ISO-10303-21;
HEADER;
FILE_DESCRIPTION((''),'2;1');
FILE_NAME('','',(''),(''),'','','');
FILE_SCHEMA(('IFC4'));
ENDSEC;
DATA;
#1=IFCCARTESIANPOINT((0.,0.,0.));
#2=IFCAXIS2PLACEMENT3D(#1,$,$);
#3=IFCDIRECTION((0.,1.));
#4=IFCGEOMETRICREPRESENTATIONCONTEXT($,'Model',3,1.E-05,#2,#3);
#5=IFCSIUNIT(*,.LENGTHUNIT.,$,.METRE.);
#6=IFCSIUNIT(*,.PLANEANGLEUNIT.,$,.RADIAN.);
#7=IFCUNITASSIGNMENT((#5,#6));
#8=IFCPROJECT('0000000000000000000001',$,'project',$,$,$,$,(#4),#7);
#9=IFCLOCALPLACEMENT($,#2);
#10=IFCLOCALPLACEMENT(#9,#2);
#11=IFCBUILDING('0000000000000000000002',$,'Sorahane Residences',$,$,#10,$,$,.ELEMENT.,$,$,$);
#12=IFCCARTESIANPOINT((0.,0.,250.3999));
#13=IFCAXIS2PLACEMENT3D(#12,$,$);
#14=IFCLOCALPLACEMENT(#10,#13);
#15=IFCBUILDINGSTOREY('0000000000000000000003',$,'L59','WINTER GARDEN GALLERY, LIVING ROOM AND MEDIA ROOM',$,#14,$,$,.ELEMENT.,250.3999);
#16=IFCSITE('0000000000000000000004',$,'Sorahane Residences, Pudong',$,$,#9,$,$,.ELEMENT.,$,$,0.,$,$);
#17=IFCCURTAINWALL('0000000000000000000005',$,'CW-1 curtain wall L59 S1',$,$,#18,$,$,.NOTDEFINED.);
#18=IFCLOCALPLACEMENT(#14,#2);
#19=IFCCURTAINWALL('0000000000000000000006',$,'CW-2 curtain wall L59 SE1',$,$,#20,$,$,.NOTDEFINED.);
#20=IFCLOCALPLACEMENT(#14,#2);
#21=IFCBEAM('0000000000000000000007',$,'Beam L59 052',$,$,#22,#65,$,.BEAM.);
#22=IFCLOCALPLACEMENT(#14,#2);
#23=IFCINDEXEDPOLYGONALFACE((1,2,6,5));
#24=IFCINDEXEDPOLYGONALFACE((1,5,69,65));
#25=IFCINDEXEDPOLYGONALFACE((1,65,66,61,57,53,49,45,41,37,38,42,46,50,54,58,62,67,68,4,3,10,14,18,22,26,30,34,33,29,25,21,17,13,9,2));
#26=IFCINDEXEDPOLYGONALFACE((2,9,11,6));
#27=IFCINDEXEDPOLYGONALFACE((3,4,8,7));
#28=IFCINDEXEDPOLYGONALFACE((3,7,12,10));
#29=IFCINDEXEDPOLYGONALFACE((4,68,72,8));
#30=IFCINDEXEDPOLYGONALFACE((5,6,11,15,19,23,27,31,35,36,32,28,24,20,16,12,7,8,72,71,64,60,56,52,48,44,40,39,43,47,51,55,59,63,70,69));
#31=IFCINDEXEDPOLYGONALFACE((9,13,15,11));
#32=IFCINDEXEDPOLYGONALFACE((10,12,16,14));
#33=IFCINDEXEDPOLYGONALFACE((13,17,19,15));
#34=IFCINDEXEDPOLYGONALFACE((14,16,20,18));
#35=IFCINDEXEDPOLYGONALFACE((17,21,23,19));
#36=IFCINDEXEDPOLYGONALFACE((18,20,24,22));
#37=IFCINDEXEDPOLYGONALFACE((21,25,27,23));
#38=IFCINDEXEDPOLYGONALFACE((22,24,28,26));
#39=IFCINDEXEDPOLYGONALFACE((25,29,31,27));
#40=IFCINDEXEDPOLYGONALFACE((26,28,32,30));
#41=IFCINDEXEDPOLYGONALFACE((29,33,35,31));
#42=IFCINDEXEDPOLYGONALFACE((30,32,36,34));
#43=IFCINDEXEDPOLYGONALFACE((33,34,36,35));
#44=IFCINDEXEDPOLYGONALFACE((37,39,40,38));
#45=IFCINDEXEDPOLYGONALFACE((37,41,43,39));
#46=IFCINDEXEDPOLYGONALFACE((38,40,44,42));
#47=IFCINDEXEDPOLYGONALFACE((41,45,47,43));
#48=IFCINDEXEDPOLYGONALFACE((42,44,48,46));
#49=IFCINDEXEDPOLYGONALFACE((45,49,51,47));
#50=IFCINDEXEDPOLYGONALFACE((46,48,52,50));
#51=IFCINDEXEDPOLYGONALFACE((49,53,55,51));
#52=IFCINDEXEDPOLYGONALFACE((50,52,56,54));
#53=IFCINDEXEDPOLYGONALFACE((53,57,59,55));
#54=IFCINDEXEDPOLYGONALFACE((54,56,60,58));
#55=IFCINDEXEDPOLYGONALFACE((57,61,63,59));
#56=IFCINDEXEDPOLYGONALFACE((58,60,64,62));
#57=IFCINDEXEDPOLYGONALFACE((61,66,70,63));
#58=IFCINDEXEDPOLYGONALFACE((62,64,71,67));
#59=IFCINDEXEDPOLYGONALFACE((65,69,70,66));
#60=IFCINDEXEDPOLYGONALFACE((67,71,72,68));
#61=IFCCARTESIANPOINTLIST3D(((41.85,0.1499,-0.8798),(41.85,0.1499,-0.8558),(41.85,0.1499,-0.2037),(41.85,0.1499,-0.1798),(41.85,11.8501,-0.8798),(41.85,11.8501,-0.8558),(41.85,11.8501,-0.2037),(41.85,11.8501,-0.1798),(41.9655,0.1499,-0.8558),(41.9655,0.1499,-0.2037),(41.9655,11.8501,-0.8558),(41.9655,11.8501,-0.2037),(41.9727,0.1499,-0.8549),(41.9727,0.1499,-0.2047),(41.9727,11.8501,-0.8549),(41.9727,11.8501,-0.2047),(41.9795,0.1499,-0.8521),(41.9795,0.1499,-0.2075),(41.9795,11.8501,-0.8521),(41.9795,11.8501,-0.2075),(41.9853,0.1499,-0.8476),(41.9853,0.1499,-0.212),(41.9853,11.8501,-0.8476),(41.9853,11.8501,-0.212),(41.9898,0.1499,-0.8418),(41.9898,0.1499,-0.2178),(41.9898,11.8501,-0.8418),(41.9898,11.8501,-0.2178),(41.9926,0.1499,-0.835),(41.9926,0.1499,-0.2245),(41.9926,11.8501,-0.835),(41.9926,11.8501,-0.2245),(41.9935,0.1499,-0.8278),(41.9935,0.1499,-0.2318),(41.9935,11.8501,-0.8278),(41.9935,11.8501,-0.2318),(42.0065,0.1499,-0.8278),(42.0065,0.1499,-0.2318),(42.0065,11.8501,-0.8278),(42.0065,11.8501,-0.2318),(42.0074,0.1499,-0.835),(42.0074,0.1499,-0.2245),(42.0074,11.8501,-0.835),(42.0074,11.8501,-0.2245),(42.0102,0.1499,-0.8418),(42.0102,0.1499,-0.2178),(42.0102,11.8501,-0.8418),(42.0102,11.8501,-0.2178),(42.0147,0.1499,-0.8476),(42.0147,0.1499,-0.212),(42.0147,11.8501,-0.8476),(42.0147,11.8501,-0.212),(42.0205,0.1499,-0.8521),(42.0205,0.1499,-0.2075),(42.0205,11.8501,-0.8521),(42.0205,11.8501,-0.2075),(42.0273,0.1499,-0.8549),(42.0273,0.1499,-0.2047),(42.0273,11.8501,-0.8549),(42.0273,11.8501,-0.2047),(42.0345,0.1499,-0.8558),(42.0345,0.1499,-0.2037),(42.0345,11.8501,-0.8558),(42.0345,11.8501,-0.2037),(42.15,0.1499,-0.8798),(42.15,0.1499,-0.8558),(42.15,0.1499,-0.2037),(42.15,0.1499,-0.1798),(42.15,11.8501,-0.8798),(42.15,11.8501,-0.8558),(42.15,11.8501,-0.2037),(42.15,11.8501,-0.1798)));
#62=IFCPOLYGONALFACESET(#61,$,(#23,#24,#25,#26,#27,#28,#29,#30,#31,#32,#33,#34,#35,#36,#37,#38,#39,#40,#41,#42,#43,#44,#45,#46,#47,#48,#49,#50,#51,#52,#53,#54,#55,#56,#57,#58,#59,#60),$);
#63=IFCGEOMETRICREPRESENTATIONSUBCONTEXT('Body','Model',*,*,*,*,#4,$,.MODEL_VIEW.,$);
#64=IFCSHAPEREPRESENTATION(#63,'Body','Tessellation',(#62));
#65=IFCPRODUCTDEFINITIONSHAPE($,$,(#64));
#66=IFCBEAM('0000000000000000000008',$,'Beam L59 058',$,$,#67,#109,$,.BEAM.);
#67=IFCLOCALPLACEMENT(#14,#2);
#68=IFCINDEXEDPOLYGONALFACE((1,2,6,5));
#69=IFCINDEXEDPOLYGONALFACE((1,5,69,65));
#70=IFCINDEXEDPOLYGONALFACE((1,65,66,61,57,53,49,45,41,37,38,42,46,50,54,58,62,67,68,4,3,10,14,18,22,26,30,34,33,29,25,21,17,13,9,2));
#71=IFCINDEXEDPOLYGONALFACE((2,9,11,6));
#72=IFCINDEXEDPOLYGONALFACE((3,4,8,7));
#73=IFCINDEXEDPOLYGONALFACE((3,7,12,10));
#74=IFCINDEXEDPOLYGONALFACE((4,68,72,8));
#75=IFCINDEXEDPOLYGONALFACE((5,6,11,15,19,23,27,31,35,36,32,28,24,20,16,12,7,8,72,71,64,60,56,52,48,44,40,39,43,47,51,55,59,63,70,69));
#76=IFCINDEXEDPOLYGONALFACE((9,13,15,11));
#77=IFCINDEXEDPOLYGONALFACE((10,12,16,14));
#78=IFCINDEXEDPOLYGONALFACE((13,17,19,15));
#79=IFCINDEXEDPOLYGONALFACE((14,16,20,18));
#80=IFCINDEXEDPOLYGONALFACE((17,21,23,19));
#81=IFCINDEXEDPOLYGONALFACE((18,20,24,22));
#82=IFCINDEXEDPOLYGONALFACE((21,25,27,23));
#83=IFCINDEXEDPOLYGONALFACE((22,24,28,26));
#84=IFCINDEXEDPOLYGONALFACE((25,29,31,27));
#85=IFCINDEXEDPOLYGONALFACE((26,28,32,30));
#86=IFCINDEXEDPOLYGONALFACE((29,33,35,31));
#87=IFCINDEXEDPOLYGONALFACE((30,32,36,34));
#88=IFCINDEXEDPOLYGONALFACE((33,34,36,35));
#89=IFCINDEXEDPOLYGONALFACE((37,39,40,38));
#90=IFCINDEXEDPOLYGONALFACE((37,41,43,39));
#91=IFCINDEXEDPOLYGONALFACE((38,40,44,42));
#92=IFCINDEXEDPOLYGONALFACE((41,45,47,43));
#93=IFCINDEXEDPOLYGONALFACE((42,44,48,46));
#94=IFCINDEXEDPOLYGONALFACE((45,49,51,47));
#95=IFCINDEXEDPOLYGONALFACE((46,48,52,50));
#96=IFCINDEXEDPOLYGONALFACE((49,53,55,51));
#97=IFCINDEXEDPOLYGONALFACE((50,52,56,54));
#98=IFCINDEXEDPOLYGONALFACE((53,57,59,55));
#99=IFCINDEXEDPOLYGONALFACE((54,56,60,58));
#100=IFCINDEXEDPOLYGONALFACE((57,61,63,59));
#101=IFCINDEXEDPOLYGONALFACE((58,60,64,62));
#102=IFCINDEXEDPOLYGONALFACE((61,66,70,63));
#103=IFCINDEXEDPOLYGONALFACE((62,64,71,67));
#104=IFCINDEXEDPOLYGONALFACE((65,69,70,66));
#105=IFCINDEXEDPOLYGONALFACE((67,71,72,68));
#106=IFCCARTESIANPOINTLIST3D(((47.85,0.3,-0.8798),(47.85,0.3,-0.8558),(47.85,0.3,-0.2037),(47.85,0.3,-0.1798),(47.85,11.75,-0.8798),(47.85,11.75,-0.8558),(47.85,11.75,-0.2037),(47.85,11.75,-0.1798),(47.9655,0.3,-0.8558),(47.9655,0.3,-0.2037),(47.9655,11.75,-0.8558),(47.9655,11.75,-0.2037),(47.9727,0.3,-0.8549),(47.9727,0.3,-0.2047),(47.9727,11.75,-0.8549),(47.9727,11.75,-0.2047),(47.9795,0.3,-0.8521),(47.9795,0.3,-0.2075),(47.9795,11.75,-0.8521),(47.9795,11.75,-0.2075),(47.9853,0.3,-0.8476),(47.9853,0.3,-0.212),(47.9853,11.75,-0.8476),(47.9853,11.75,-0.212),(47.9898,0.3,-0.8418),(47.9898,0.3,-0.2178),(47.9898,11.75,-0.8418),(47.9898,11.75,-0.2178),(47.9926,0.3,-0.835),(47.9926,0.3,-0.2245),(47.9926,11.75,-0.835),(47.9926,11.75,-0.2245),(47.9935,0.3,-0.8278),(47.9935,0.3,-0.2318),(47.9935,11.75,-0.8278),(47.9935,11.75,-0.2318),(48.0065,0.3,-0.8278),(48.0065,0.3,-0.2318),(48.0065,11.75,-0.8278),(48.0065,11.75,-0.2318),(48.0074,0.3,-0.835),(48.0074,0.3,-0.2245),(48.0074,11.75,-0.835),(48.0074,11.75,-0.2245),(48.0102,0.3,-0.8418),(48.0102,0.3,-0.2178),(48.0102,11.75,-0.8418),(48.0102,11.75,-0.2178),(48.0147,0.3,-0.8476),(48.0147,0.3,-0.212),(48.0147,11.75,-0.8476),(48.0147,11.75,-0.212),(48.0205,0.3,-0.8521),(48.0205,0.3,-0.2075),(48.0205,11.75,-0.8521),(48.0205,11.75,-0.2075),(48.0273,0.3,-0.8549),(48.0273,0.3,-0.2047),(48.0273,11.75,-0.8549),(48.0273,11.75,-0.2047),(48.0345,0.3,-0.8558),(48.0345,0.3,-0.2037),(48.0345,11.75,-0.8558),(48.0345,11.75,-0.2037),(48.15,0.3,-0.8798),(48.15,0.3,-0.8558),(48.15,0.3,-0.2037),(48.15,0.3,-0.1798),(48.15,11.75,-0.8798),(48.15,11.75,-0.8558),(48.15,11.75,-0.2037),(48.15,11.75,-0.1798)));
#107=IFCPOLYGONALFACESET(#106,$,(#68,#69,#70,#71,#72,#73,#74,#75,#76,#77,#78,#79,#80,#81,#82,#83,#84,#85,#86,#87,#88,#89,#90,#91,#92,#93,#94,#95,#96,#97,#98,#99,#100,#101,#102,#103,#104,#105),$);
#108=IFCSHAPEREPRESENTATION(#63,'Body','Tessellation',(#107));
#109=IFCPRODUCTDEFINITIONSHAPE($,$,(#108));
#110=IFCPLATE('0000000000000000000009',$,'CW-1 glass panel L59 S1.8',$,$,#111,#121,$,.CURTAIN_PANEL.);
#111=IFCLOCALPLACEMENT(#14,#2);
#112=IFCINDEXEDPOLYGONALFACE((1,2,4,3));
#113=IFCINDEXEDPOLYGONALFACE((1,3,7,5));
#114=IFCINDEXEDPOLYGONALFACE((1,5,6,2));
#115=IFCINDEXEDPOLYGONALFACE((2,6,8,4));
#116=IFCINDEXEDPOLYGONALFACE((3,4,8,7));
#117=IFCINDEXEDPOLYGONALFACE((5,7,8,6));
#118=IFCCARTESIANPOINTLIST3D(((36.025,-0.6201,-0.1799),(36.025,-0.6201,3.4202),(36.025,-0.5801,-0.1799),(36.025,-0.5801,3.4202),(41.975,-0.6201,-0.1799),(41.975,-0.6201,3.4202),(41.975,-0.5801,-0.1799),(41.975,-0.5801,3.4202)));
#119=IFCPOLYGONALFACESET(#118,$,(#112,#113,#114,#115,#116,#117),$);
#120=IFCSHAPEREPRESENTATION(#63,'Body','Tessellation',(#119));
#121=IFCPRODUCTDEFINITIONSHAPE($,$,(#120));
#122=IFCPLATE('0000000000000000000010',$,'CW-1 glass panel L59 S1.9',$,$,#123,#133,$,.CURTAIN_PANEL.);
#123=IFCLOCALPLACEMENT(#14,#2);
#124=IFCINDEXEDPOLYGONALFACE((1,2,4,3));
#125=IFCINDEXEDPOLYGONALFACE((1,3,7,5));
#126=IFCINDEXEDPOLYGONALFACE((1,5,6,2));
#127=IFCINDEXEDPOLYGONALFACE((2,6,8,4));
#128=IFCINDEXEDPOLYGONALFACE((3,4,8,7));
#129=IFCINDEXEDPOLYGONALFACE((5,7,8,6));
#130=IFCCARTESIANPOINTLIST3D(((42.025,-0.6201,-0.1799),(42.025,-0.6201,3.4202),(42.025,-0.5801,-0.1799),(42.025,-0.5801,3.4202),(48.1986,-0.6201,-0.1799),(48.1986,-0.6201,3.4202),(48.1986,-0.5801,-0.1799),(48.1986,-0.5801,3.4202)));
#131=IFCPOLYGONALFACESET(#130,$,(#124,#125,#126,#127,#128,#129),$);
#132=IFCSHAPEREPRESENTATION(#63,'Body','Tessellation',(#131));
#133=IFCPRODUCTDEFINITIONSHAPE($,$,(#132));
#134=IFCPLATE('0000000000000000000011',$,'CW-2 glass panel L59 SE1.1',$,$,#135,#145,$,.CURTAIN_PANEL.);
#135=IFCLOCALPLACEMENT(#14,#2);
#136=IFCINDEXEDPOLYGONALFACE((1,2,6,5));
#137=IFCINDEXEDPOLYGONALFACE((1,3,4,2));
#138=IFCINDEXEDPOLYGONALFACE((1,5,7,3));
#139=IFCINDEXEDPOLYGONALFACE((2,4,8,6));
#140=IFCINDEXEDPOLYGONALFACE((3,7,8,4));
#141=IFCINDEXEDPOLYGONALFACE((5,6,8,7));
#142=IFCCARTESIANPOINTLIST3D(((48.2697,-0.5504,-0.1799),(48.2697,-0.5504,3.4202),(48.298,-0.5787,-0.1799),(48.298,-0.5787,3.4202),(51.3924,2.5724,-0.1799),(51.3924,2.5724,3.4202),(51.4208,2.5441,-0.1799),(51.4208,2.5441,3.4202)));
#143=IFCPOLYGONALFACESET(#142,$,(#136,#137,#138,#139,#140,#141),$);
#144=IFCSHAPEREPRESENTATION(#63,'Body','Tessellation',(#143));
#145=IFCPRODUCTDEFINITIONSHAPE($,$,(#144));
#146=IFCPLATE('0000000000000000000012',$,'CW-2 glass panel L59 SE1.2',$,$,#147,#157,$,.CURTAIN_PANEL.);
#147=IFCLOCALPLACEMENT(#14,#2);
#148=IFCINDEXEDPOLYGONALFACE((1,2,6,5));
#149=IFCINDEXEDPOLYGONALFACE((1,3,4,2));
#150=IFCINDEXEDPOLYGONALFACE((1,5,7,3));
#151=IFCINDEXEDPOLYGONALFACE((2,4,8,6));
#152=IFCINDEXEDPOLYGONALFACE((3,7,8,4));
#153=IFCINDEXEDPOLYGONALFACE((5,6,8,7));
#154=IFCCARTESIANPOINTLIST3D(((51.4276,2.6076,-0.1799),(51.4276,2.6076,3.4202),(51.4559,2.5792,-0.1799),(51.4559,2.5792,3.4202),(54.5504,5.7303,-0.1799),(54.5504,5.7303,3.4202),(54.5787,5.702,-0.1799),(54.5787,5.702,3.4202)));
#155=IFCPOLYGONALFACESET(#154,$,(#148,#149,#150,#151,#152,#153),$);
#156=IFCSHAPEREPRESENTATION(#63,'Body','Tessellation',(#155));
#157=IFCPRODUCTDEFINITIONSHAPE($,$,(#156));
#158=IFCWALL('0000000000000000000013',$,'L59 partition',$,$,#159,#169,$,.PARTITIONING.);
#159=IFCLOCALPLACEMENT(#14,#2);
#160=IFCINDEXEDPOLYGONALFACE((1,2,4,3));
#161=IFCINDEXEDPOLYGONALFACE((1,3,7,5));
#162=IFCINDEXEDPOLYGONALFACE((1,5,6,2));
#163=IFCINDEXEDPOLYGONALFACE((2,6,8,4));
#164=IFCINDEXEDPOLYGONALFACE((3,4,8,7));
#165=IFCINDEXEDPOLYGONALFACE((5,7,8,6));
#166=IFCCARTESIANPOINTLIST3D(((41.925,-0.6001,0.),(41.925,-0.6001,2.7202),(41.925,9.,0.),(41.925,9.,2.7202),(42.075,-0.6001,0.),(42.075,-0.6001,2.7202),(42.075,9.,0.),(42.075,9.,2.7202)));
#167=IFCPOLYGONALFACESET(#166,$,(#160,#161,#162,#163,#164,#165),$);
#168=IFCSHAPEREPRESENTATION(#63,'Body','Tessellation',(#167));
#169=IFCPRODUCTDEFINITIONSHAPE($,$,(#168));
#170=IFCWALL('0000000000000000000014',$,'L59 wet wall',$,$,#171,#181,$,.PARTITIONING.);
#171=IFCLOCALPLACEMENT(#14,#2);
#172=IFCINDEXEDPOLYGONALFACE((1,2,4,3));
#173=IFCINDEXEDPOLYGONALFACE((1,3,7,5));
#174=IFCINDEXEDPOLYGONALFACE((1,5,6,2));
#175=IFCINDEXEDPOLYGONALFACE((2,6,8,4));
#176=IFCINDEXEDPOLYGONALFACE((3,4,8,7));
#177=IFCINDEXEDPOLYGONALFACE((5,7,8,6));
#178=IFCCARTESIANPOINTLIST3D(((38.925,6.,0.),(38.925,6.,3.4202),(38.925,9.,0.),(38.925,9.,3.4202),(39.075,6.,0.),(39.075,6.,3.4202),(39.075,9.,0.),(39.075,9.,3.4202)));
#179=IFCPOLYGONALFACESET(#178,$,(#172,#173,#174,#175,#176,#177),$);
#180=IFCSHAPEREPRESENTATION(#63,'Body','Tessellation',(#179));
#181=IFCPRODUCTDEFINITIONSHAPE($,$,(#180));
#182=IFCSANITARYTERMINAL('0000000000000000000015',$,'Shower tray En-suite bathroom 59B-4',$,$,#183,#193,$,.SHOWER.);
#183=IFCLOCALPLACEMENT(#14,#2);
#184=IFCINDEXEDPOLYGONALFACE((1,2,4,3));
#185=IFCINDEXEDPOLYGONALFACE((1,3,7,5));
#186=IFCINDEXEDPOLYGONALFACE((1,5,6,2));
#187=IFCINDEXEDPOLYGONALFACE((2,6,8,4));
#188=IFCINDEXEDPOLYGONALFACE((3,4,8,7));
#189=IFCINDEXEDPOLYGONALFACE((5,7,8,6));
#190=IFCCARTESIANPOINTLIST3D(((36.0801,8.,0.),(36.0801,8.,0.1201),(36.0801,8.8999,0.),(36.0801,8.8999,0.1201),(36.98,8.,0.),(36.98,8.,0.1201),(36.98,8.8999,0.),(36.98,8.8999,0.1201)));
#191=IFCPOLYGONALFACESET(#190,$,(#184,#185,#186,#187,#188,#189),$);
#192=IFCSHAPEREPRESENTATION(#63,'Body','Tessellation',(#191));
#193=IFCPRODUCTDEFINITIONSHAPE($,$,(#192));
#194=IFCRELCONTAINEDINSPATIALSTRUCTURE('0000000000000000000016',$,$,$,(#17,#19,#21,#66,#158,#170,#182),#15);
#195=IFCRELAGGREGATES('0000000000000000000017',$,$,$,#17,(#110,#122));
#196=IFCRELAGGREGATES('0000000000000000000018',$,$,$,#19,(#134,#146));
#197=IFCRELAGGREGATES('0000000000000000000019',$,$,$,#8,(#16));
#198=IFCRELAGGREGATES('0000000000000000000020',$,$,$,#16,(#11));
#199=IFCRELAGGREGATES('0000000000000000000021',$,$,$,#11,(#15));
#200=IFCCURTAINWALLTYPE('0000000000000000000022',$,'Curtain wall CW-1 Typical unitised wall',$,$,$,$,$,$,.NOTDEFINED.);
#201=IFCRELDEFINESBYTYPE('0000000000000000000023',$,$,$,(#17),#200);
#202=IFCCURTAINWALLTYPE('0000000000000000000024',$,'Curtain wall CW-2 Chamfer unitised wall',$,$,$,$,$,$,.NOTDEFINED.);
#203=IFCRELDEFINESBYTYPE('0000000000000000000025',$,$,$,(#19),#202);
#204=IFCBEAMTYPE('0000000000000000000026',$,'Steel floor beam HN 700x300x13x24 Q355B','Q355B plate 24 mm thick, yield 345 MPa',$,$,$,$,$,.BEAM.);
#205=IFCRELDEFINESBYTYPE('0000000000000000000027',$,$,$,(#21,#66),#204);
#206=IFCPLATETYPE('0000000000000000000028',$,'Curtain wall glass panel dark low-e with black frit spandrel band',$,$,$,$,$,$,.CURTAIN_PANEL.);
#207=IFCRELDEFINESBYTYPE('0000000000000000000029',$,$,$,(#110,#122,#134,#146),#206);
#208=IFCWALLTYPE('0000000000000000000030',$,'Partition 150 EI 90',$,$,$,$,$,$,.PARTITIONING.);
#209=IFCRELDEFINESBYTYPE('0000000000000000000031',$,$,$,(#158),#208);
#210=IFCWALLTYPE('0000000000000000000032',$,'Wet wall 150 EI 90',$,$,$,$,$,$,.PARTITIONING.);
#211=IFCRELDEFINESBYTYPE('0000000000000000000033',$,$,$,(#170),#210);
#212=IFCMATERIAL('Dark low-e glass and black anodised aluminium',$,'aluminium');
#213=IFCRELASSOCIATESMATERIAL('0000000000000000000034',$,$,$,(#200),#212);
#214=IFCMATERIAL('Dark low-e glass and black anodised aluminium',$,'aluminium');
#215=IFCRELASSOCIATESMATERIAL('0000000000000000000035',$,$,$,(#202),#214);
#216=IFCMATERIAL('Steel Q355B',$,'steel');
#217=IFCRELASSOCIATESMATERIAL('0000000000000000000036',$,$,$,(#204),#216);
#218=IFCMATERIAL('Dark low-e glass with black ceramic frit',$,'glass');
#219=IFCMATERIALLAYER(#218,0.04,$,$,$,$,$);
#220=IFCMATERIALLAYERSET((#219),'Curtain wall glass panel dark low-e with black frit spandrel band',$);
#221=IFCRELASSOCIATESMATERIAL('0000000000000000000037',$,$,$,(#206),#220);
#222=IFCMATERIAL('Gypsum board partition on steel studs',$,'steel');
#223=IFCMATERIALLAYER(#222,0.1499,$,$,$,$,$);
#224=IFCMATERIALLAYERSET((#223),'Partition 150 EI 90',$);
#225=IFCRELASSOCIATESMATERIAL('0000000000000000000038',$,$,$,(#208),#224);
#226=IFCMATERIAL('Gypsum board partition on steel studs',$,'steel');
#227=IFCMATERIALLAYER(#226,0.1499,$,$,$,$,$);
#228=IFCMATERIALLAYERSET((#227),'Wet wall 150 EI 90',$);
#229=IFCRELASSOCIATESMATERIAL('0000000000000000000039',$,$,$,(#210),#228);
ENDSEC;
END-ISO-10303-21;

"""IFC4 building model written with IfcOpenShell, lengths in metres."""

from ifc_helpers import new_model, si_unit, direction, frame, frame_2d, origin, origin_2d, place, context, subcontext, project, spatial, rectangle, i_section, extrude, material, layer, layer_set, material_profile, profile_set, type_object, element, aggregate, save


model = new_model("IFC4")

# Units and contexts
model_context = context("Model", 3, precision=1e-05, world=origin(), true_north=direction((0.0, 1.0)))
body_context = subcontext(model_context, "Body", "Model", "MODEL_VIEW")
ifc_project = project(units=[si_unit("LENGTHUNIT", "METRE"), si_unit("PLANEANGLEUNIT", "RADIAN")], contexts=[model_context])

# Site, building, storey
site_placement = place(None, origin())
site = spatial("IfcSite", under=ifc_project, at=site_placement, Name="Sorahane Residences, Pudong", CompositionType="ELEMENT", RefElevation=0.0)
building_placement = place(site_placement, origin())
building = spatial("IfcBuilding", under=site, at=building_placement, Name="Sorahane Residences", CompositionType="ELEMENT")
storey_placement = place(building_placement, frame((0.0, 0.0, 250.3999)))
storey = spatial("IfcBuildingStorey", under=building, at=storey_placement, Name="L59", Description="WINTER GARDEN GALLERY, LIVING ROOM AND MEDIA ROOM", CompositionType="ELEMENT", Elevation=250.3999)

# Curtain walls
ifc_material_1 = material(Name="Dark low-e glass and black anodised aluminium", Category="aluminium")
curtain_wall_type_1 = type_object("IfcCurtainWallType", Name="Curtain wall CW-1 Typical unitised wall", PredefinedType="NOTDEFINED", material=ifc_material_1)
curtain_wall_1_placement = place(storey_placement, origin())
curtain_wall_1 = element("IfcCurtainWall", 1, at=curtain_wall_1_placement, inside=storey, type_object=curtain_wall_type_1, Name="CW-1 curtain wall L59 S1", PredefinedType="NOTDEFINED")
ifc_material_2 = material(Name="Dark low-e glass and black anodised aluminium", Category="aluminium")
curtain_wall_type_2 = type_object("IfcCurtainWallType", Name="Curtain wall CW-2 Chamfer unitised wall", PredefinedType="NOTDEFINED", material=ifc_material_2)
curtain_wall_2_placement = place(storey_placement, origin())
curtain_wall_2 = element("IfcCurtainWall", 2, at=curtain_wall_2_placement, inside=storey, type_object=curtain_wall_type_2, Name="CW-2 curtain wall L59 SE1", PredefinedType="NOTDEFINED")

# Beams
ifc_material_3 = material(Name="Steel Q355B", Category="steel")
ifc_material_profile_1 = material_profile(ifc_material_3, i_section(OverallWidth=0.3, OverallDepth=0.7, WebThickness=0.0129, FlangeThickness=0.0239, FilletRadius=0.0281, at=origin_2d()), Name="HN 700x300x13x24")
ifc_profile_set_1 = profile_set([ifc_material_profile_1], Name="Steel Q355B")
beam_type_1 = type_object("IfcBeamType", Name="Steel floor beam HN 700x300x13x24 Q355B", Description="Q355B plate 24 mm thick, yield 345 MPa", PredefinedType="BEAM", material=ifc_profile_set_1)
beam_1_placement = place(storey_placement, frame((42.0, 0.1499, -0.5298), z_axis=(0.0, 1.0, 0.0), x_axis=(-1.0, 0.0, 0.0)))
element("IfcBeam", 3, at=beam_1_placement, inside=storey, type_object=beam_type_1, Name="Beam L59 052", PredefinedType="BEAM", context=body_context, shape_type="SweptSolid", body=[
    extrude(i_section(OverallWidth=0.3, OverallDepth=0.7, WebThickness=0.0129, FlangeThickness=0.0239, FilletRadius=0.0281, at=origin_2d()), origin(), (0.0, 0.0, 1.0), 11.7002),
])
beam_2_placement = place(storey_placement, frame((48.0, 0.3, -0.5298), z_axis=(0.0, 1.0, 0.0), x_axis=(-1.0, 0.0, 0.0)))
element("IfcBeam", 4, at=beam_2_placement, inside=storey, type_object=beam_type_1, Name="Beam L59 058", PredefinedType="BEAM", context=body_context, shape_type="SweptSolid", body=[
    extrude(i_section(OverallWidth=0.3, OverallDepth=0.7, WebThickness=0.0129, FlangeThickness=0.0239, FilletRadius=0.0281, at=origin_2d()), origin(), (0.0, 0.0, 1.0), 11.45),
])

# Plates
ifc_material_4 = material(Name="Dark low-e glass with black ceramic frit", Category="glass")
ifc_layer_1 = layer(ifc_material_4, 0.04)
ifc_layer_set_1 = layer_set([ifc_layer_1], Name="Curtain wall glass panel dark low-e with black frit spandrel band")
plate_type = type_object("IfcPlateType", Name="Curtain wall glass panel dark low-e with black frit spandrel band", PredefinedType="CURTAIN_PANEL", material=ifc_layer_set_1)
plate_1_placement = place(storey_placement, frame((39.0, -0.6001, -0.1799), z_axis=(0.0, 0.0, 1.0), x_axis=(1.0, 0.0, 0.0)))
plate_1 = element("IfcPlate", 5, at=plate_1_placement, type_object=plate_type, Name="CW-1 glass panel L59 S1.8", PredefinedType="CURTAIN_PANEL", context=body_context, shape_type="SweptSolid", body=[
    extrude(rectangle(XDim=5.95, YDim=0.04, at=origin_2d()), origin(), (0.0, 0.0, 1.0), 3.6001),
])
plate_2_placement = place(storey_placement, frame((45.1118, -0.6001, -0.1799), z_axis=(0.0, 0.0, 1.0), x_axis=(1.0, 0.0, 0.0)))
plate_2 = element("IfcPlate", 6, at=plate_2_placement, type_object=plate_type, Name="CW-1 glass panel L59 S1.9", PredefinedType="CURTAIN_PANEL", context=body_context, shape_type="SweptSolid", body=[
    extrude(rectangle(XDim=6.1736, YDim=0.04, at=origin_2d()), origin(), (0.0, 0.0, 1.0), 3.6001),
])
aggregate(curtain_wall_1, [plate_1, plate_2])
plate_3_placement = place(storey_placement, frame((49.8452, 0.9968, -0.1799), z_axis=(0.0, 0.0, 1.0), x_axis=(0.707107, 0.707107, 0.0)))
plate_3 = element("IfcPlate", 7, at=plate_3_placement, type_object=plate_type, Name="CW-2 glass panel L59 SE1.1", PredefinedType="CURTAIN_PANEL", context=body_context, shape_type="SweptSolid", body=[
    extrude(rectangle(XDim=4.4163, YDim=0.04, at=origin_2d()), origin(), (0.0, 0.0, 1.0), 3.6001),
])
plate_4_placement = place(storey_placement, frame((53.0032, 4.1548, -0.1799), z_axis=(0.0, 0.0, 1.0), x_axis=(0.707107, 0.707107, 0.0)))
plate_4 = element("IfcPlate", 8, at=plate_4_placement, type_object=plate_type, Name="CW-2 glass panel L59 SE1.2", PredefinedType="CURTAIN_PANEL", context=body_context, shape_type="SweptSolid", body=[
    extrude(rectangle(XDim=4.4163, YDim=0.04, at=origin_2d()), origin(), (0.0, 0.0, 1.0), 3.6001),
])
aggregate(curtain_wall_2, [plate_3, plate_4])

# Wall
ifc_material_5 = material(Name="Gypsum board partition on steel studs", Category="steel")
ifc_layer_2 = layer(ifc_material_5, 0.1499)
ifc_layer_set_2 = layer_set([ifc_layer_2], Name="Partition 150 EI 90")
wall_type_1 = type_object("IfcWallType", Name="Partition 150 EI 90", PredefinedType="PARTITIONING", material=ifc_layer_set_2)
wall_1_placement = place(storey_placement, frame((42.0, -0.6001, 0.0), z_axis=(0.0, 0.0, 1.0), x_axis=(0.0, 1.0, 0.0)))
element("IfcWall", 9, at=wall_1_placement, inside=storey, type_object=wall_type_1, Name="L59 partition", PredefinedType="PARTITIONING", context=body_context, shape_type="SweptSolid", body=[
    extrude(rectangle(XDim=9.6001, YDim=0.1499, at=frame_2d((4.8, 0.0))), origin(), (0.0, 0.0, 1.0), 2.7202),
])

# Wall
ifc_material_6 = material(Name="Gypsum board partition on steel studs", Category="steel")
ifc_layer_3 = layer(ifc_material_6, 0.1499)
ifc_layer_set_3 = layer_set([ifc_layer_3], Name="Wet wall 150 EI 90")
wall_type_2 = type_object("IfcWallType", Name="Wet wall 150 EI 90", PredefinedType="PARTITIONING", material=ifc_layer_set_3)
wall_2_placement = place(storey_placement, frame((39.0, 6.0, 0.0), z_axis=(0.0, 0.0, 1.0), x_axis=(0.0, 1.0, 0.0)))
element("IfcWall", 10, at=wall_2_placement, inside=storey, type_object=wall_type_2, Name="L59 wet wall", PredefinedType="PARTITIONING", context=body_context, shape_type="SweptSolid", body=[
    extrude(rectangle(XDim=3.0, YDim=0.1499, at=frame_2d((1.5, 0.0))), origin(), (0.0, 0.0, 1.0), 3.4202),
])

# Sanitary terminal
sanitary_terminal_1_placement = place(storey_placement, frame((36.53, 8.45, 0.0), z_axis=(0.0, 0.0, 1.0), x_axis=(1.0, 0.0, 0.0)))
element("IfcSanitaryTerminal", 11, at=sanitary_terminal_1_placement, inside=storey, Name="Shower tray En-suite bathroom 59B-4", PredefinedType="SHOWER", context=body_context, shape_type="SweptSolid", body=[
    extrude(rectangle(XDim=0.8999, YDim=0.8999, at=origin_2d()), origin(), (0.0, 0.0, 1.0), 0.1201),
])

save(model, "model.ifc")
